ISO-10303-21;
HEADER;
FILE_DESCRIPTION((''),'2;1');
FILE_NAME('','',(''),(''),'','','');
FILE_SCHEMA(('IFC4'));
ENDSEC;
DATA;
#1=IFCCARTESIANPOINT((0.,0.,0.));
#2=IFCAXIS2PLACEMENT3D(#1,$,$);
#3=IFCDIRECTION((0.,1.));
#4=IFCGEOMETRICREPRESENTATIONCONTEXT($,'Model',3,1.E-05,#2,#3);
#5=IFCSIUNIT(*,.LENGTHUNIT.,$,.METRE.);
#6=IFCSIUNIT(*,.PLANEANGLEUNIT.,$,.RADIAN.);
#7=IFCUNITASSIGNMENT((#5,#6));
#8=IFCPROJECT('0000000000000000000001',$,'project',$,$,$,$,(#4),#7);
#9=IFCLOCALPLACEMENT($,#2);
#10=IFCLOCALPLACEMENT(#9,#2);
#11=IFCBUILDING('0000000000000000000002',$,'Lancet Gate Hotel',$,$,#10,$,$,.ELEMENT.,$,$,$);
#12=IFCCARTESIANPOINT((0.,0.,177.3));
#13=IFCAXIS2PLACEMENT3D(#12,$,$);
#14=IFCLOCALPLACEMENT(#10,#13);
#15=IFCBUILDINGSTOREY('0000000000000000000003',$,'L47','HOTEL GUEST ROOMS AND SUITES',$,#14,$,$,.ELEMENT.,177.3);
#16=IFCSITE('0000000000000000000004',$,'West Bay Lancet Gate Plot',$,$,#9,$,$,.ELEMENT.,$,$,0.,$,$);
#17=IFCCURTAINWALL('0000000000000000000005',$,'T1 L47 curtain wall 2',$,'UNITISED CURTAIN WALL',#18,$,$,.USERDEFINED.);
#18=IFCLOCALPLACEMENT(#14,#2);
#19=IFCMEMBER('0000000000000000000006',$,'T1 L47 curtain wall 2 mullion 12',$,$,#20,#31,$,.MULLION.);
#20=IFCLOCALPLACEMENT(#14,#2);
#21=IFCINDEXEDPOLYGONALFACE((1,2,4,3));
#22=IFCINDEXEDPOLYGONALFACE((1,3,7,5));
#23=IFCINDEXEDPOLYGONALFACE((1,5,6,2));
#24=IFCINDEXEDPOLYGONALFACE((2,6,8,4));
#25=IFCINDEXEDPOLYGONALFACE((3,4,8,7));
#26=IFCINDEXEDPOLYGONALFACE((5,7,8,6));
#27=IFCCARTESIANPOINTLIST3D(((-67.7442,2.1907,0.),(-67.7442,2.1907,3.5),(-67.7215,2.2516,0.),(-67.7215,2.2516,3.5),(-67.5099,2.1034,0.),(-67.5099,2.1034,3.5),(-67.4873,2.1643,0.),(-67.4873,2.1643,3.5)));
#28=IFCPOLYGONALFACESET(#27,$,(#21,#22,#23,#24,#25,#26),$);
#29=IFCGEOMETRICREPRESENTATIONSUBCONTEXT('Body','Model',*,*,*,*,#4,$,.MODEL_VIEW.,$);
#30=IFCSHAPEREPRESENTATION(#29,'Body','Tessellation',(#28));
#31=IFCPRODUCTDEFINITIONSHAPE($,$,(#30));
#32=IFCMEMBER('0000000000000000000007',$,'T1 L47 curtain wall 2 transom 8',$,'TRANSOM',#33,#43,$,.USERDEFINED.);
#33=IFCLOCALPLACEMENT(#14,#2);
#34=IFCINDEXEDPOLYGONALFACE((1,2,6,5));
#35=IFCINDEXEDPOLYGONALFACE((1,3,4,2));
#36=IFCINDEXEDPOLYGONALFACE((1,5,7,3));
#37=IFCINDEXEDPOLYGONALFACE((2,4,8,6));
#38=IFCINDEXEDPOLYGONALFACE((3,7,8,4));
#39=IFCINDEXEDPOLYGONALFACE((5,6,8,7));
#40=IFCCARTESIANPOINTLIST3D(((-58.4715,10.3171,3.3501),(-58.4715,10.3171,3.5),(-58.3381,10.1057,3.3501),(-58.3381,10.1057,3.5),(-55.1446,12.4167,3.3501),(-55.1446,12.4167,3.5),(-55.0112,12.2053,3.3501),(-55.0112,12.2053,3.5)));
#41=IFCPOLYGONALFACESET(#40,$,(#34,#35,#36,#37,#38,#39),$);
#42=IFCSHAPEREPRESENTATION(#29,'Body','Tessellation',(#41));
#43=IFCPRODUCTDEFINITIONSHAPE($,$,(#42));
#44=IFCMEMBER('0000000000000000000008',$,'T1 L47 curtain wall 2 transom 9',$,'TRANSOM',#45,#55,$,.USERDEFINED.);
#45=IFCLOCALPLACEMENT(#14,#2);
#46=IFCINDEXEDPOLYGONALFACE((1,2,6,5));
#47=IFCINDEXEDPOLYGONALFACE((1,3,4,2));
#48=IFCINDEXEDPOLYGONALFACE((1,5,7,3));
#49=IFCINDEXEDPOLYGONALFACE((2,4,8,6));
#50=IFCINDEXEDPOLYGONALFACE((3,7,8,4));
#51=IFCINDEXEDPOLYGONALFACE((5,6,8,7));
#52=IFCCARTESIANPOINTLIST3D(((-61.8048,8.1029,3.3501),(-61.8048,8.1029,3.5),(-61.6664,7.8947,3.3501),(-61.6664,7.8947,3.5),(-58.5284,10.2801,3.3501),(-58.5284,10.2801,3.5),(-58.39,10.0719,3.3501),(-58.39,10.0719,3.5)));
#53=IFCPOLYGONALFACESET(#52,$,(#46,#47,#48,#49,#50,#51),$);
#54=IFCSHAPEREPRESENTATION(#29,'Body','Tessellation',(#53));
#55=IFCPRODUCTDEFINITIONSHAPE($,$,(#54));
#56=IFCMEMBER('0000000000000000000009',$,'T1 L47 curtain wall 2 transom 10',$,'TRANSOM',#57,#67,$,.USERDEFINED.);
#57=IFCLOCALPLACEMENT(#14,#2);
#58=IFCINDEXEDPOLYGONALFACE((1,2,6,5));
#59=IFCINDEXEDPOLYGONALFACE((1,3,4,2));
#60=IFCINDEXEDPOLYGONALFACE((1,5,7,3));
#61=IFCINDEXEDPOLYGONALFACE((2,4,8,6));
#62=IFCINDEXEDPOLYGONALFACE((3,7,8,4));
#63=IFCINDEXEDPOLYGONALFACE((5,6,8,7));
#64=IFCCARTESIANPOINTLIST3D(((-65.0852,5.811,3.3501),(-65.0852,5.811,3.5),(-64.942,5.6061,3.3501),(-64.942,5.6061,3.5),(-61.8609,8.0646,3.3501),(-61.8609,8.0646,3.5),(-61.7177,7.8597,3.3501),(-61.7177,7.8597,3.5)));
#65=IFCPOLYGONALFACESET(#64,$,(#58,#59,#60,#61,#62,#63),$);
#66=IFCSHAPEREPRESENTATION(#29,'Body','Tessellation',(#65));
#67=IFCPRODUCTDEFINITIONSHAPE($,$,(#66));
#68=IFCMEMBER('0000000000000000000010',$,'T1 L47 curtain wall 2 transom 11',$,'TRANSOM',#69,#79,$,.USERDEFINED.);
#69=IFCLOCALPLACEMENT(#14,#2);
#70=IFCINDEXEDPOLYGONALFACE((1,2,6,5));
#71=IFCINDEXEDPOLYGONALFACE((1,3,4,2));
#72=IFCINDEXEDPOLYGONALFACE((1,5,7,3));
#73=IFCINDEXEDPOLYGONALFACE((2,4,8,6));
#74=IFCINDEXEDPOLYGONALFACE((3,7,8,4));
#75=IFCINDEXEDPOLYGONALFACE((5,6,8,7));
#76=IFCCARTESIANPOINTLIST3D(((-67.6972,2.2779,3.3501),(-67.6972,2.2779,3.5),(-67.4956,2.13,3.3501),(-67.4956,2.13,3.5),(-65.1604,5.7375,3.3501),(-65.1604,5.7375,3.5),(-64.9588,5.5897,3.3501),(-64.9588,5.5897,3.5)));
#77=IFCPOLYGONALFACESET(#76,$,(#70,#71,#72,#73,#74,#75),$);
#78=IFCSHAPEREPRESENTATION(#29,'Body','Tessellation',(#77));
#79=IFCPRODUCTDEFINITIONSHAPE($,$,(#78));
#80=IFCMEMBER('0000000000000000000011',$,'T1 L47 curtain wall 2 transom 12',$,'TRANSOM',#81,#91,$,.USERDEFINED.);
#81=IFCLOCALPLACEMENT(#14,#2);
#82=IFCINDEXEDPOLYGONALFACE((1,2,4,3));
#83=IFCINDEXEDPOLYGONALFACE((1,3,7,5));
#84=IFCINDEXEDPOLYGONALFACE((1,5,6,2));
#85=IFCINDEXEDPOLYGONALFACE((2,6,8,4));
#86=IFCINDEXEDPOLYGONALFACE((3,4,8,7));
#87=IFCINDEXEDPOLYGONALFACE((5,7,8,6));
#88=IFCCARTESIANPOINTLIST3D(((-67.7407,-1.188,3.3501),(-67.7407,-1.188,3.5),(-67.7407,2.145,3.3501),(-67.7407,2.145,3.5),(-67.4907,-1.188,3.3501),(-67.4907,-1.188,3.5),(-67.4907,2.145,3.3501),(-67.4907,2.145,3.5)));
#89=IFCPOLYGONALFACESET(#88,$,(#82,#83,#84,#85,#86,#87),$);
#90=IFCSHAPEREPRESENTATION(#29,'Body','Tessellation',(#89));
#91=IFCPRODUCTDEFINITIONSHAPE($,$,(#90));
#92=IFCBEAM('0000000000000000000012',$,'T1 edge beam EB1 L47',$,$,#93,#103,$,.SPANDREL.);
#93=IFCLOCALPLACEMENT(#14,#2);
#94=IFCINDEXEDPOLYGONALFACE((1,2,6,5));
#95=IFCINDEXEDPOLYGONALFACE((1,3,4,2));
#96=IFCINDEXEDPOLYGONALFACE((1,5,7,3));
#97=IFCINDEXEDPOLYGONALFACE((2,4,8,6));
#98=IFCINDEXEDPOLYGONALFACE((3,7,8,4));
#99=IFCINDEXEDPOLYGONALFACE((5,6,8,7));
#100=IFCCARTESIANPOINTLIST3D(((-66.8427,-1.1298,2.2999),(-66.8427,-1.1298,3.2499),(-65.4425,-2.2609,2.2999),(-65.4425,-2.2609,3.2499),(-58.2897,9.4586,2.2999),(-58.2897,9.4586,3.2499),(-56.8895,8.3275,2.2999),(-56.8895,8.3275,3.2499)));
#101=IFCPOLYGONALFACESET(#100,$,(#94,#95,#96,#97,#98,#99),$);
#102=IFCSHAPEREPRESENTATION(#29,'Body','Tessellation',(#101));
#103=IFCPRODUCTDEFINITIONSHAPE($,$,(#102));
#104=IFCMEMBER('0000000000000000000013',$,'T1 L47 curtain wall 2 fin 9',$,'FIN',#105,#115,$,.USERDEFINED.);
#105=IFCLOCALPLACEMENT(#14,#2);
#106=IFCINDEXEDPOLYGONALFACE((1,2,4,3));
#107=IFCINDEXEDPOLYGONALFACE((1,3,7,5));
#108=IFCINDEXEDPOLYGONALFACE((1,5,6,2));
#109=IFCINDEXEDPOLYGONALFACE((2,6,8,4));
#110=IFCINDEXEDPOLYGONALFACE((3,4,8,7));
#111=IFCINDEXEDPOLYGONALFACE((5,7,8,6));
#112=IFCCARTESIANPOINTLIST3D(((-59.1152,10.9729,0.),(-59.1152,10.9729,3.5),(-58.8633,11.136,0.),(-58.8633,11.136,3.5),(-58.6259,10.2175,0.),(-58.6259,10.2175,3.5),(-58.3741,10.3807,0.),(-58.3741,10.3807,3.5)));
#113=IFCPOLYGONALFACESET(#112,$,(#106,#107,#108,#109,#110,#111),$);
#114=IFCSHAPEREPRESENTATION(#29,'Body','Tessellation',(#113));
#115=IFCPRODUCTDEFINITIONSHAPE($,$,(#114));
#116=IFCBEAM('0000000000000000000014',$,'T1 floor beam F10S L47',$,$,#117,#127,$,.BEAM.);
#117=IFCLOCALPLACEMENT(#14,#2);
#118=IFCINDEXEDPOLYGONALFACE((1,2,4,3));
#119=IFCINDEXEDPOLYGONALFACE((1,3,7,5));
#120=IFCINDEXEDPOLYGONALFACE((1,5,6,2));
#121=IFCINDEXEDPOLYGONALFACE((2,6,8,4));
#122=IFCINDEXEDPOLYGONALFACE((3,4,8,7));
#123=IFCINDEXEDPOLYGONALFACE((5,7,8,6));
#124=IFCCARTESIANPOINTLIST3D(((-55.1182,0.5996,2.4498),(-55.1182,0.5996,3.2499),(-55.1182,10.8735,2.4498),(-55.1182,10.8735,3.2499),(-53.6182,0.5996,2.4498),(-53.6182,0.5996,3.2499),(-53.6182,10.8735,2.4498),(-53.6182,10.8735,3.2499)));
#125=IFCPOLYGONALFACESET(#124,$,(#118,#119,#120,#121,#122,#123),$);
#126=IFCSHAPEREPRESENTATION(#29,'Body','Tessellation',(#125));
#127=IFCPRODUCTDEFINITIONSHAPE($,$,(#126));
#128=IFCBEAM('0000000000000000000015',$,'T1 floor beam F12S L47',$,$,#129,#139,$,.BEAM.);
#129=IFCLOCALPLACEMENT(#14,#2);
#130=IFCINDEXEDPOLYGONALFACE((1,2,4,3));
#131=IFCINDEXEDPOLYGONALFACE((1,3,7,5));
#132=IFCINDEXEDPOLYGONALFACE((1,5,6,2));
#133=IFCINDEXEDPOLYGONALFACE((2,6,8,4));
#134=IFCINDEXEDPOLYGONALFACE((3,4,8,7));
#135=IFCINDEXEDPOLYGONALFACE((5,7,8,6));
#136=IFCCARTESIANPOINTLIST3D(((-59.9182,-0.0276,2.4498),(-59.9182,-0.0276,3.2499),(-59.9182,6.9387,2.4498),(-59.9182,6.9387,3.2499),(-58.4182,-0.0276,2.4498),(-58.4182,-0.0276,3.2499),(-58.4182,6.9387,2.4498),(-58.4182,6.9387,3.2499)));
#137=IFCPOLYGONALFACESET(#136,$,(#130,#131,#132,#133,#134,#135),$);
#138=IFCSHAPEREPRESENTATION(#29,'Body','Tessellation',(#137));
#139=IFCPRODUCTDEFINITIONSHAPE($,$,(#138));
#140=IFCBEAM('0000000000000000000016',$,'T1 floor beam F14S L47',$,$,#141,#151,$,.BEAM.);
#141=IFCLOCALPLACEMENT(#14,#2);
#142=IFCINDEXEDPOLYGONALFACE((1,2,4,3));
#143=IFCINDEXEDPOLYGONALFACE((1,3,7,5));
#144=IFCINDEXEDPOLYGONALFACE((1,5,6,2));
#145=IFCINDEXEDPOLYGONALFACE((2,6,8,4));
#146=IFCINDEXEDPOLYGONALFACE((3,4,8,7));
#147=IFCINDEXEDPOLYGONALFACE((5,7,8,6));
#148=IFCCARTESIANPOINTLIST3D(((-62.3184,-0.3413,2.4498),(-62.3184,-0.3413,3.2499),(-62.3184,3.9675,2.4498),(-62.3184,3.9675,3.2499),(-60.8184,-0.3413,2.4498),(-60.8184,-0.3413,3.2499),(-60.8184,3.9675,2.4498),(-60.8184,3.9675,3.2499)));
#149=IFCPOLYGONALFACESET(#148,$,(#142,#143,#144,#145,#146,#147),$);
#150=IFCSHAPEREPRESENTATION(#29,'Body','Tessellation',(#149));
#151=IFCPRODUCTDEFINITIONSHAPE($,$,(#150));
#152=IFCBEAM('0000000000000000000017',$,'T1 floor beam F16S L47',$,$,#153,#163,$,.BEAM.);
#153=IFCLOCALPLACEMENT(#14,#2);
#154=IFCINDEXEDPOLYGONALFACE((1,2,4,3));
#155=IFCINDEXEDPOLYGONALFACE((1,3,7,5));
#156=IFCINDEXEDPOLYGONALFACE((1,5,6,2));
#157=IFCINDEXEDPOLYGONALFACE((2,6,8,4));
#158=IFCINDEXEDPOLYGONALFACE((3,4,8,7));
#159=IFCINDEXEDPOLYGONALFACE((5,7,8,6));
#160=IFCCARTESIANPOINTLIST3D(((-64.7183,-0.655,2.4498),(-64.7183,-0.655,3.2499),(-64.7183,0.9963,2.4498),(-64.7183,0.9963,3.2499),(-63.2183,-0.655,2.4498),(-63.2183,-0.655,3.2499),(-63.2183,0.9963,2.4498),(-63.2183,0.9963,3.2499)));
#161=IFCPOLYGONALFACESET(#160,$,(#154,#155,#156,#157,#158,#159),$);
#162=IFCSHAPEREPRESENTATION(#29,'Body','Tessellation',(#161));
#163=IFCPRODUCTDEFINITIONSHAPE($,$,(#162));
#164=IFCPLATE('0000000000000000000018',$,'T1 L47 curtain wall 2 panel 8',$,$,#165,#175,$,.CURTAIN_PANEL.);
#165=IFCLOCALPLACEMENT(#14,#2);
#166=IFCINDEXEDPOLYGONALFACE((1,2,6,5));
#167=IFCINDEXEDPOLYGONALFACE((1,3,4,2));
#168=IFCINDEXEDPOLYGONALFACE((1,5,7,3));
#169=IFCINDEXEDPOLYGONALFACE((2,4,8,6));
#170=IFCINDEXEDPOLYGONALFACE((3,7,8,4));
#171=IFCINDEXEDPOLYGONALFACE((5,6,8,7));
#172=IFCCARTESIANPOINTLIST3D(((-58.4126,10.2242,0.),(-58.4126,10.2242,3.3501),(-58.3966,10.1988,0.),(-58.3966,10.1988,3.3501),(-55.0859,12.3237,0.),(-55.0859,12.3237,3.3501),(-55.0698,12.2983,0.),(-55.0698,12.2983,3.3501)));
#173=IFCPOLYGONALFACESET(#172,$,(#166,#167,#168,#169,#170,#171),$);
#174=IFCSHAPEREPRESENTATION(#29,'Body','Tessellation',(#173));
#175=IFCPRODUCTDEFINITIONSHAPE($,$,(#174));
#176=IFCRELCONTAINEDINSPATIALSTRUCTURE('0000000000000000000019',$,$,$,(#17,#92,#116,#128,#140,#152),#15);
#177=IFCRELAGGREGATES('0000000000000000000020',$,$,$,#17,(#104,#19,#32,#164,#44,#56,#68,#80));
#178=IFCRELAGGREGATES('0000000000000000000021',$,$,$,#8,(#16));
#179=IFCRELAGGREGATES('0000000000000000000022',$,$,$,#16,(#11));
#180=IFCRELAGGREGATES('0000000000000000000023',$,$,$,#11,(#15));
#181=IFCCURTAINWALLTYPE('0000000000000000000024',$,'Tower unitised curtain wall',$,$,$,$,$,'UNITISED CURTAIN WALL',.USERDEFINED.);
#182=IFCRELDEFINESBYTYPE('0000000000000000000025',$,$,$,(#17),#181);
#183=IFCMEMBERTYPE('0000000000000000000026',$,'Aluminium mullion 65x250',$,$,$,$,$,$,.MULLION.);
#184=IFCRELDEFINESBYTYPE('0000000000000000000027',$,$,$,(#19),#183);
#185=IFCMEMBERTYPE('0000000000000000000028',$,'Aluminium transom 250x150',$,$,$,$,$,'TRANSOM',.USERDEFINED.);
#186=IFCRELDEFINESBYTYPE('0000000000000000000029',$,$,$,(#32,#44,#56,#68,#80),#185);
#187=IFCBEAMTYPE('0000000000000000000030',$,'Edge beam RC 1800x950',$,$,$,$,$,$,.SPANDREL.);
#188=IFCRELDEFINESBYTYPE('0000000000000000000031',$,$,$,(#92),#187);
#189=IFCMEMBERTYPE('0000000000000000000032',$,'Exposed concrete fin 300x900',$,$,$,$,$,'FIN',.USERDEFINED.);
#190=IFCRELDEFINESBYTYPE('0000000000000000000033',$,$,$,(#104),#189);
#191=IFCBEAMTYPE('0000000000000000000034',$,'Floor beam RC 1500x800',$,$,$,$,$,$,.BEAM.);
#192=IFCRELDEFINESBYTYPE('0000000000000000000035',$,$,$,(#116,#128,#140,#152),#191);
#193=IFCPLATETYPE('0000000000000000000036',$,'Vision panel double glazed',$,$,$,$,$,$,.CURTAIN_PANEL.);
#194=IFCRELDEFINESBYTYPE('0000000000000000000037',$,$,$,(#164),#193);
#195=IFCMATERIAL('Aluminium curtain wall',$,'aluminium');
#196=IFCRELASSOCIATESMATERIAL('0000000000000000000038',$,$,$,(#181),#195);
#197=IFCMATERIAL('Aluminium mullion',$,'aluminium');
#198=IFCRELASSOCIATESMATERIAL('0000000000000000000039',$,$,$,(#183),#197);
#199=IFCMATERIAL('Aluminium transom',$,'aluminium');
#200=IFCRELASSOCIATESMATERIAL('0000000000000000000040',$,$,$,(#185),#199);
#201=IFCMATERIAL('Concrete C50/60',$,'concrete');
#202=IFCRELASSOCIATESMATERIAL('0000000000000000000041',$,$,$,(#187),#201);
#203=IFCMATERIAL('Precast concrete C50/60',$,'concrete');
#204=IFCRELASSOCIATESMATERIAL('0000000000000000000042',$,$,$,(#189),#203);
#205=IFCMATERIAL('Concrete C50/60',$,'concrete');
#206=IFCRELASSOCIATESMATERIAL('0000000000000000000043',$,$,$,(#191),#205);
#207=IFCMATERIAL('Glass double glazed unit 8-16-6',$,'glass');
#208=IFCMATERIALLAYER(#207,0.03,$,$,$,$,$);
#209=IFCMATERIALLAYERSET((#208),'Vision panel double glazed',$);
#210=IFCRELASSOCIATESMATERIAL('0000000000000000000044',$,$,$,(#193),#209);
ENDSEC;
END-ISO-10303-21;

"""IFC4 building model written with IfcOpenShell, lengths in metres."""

from ifc_helpers import new_model, si_unit, direction, frame, origin, origin_2d, place, context, subcontext, project, spatial, rectangle, extrude, material, layer, layer_set, material_profile, profile_set, type_object, element, aggregate, save


model = new_model("IFC4")

# Units and contexts
model_context = context("Model", 3, precision=1e-05, world=origin(), true_north=direction((0.0, 1.0)))
body_context = subcontext(model_context, "Body", "Model", "MODEL_VIEW")
ifc_project = project(units=[si_unit("LENGTHUNIT", "METRE"), si_unit("PLANEANGLEUNIT", "RADIAN")], contexts=[model_context])

# Site, building, storey
site_placement = place(None, origin())
site = spatial("IfcSite", under=ifc_project, at=site_placement, Name="West Bay Lancet Gate Plot", CompositionType="ELEMENT", RefElevation=0.0)
building_placement = place(site_placement, origin())
building = spatial("IfcBuilding", under=site, at=building_placement, Name="Lancet Gate Hotel", CompositionType="ELEMENT")
storey_placement = place(building_placement, frame((0.0, 0.0, 177.3)))
storey = spatial("IfcBuildingStorey", under=building, at=storey_placement, Name="L47", Description="HOTEL GUEST ROOMS AND SUITES", CompositionType="ELEMENT", Elevation=177.3)

# Curtain wall, members
ifc_material_1 = material(Name="Aluminium curtain wall", Category="aluminium")
curtain_wall_type = type_object("IfcCurtainWallType", Name="Tower unitised curtain wall", ElementType="UNITISED CURTAIN WALL", PredefinedType="USERDEFINED", material=ifc_material_1)
curtain_wall_placement = place(storey_placement, origin())
curtain_wall = element("IfcCurtainWall", 1, at=curtain_wall_placement, inside=storey, type_object=curtain_wall_type, Name="T1 L47 curtain wall 2", ObjectType="UNITISED CURTAIN WALL", PredefinedType="USERDEFINED")
ifc_material_2 = material(Name="Aluminium mullion", Category="aluminium")
ifc_material_profile_1 = material_profile(ifc_material_2, rectangle(XDim=0.0649, YDim=0.25, at=origin_2d()), Name="MULLION 65x250")
ifc_profile_set_1 = profile_set([ifc_material_profile_1], Name="Aluminium mullion")
member_type_1 = type_object("IfcMemberType", Name="Aluminium mullion 65x250", PredefinedType="MULLION", material=ifc_profile_set_1)
member_1_placement = place(storey_placement, frame((-67.6157, 2.1775, 0.0), z_axis=(0.0, 0.0, 1.0), x_axis=(-0.349199, -0.937048, 0.0)))
member_1 = element("IfcMember", 2, at=member_1_placement, type_object=member_type_1, Name="T1 L47 curtain wall 2 mullion 12", PredefinedType="MULLION", context=body_context, shape_type="SweptSolid", body=[
    extrude(rectangle(XDim=0.0649, YDim=0.25, at=origin_2d()), origin(), (0.0, 0.0, 1.0), 3.5),
])
ifc_material_3 = material(Name="Aluminium transom", Category="aluminium")
ifc_material_profile_2 = material_profile(ifc_material_3, rectangle(XDim=0.25, YDim=0.1499, at=origin_2d()), Name="TRANSOM 250x150")
ifc_profile_set_2 = profile_set([ifc_material_profile_2], Name="Aluminium transom")
member_type_2 = type_object("IfcMemberType", Name="Aluminium transom 250x150", ElementType="TRANSOM", PredefinedType="USERDEFINED", material=ifc_profile_set_2)
member_2_placement = place(storey_placement, frame((-55.0779, 12.311, 3.425), z_axis=(-0.845672, -0.533703, 0.0), x_axis=(0.533703, -0.845672, 0.0)))
member_2 = element("IfcMember", 3, at=member_2_placement, type_object=member_type_2, Name="T1 L47 curtain wall 2 transom 8", ObjectType="TRANSOM", PredefinedType="USERDEFINED", context=body_context, shape_type="SweptSolid", body=[
    extrude(rectangle(XDim=0.25, YDim=0.1499, at=origin_2d()), origin(), (0.0, 0.0, 1.0), 3.9341),
])
member_3_placement = place(storey_placement, frame((-58.4592, 10.176, 3.425), z_axis=(-0.832871, -0.553468, 0.0), x_axis=(0.553468, -0.832871, 0.0)))
member_3 = element("IfcMember", 4, at=member_3_placement, type_object=member_type_2, Name="T1 L47 curtain wall 2 transom 9", ObjectType="TRANSOM", PredefinedType="USERDEFINED", context=body_context, shape_type="SweptSolid", body=[
    extrude(rectangle(XDim=0.25, YDim=0.1499, at=origin_2d()), origin(), (0.0, 0.0, 1.0), 3.9338),
])
member_4_placement = place(storey_placement, frame((-61.7893, 7.9622, 3.425), z_axis=(-0.819637, -0.572883, 0.0), x_axis=(0.572883, -0.819637, 0.0)))
member_4 = element("IfcMember", 5, at=member_4_placement, type_object=member_type_2, Name="T1 L47 curtain wall 2 transom 10", ObjectType="TRANSOM", PredefinedType="USERDEFINED", context=body_context, shape_type="SweptSolid", body=[
    extrude(rectangle(XDim=0.25, YDim=0.1499, at=origin_2d()), origin(), (0.0, 0.0, 1.0), 3.9338),
])
member_5_placement = place(storey_placement, frame((-65.0596, 5.6636, 3.425), z_axis=(-0.591324, -0.806434, 0.0), x_axis=(0.806434, -0.591324, 0.0)))
member_5 = element("IfcMember", 6, at=member_5_placement, type_object=member_type_2, Name="T1 L47 curtain wall 2 transom 11", ObjectType="TRANSOM", PredefinedType="USERDEFINED", context=body_context, shape_type="SweptSolid", body=[
    extrude(rectangle(XDim=0.25, YDim=0.1499, at=origin_2d()), origin(), (0.0, 0.0, 1.0), 4.29),
])
member_6_placement = place(storey_placement, frame((-67.6157, 2.145, 3.425), z_axis=(0.0, -1.0, 0.0), x_axis=(1.0, 0.0, 0.0)))
member_6 = element("IfcMember", 7, at=member_6_placement, type_object=member_type_2, Name="T1 L47 curtain wall 2 transom 12", ObjectType="TRANSOM", PredefinedType="USERDEFINED", context=body_context, shape_type="SweptSolid", body=[
    extrude(rectangle(XDim=0.25, YDim=0.1499, at=origin_2d()), origin(), (0.0, 0.0, 1.0), 3.333),
])

# Beam
ifc_material_4 = material(Name="Concrete C50/60", Category="concrete")
ifc_material_profile_3 = material_profile(ifc_material_4, rectangle(XDim=1.8, YDim=0.95, at=origin_2d()), Name="RC 1800x950")
ifc_profile_set_3 = profile_set([ifc_material_profile_3], Name="Concrete C50/60")
beam_type_1 = type_object("IfcBeamType", Name="Edge beam RC 1800x950", PredefinedType="SPANDREL", material=ifc_profile_set_3)
beam_1_placement = place(storey_placement, frame((-57.5896, 8.8931, 2.7749), z_axis=(-0.628374, -0.777912, 0.0), x_axis=(0.777912, -0.628374, 0.0)))
element("IfcBeam", 8, at=beam_1_placement, inside=storey, type_object=beam_type_1, Name="T1 edge beam EB1 L47", PredefinedType="SPANDREL", context=body_context, shape_type="SweptSolid", body=[
    extrude(rectangle(XDim=1.8, YDim=0.95, at=origin_2d()), origin(), (0.0, 0.0, 1.0), 13.6113),
])

# Member
ifc_material_5 = material(Name="Precast concrete C50/60", Category="concrete")
ifc_material_profile_4 = material_profile(ifc_material_5, rectangle(XDim=0.3, YDim=0.8999, at=origin_2d()), Name="FIN 300x900")
ifc_profile_set_4 = profile_set([ifc_material_profile_4], Name="Precast concrete C50/60")
member_type_3 = type_object("IfcMemberType", Name="Exposed concrete fin 300x900", ElementType="FIN", PredefinedType="USERDEFINED", material=ifc_profile_set_4)
member_7_placement = place(storey_placement, frame((-58.7446, 10.6768, 0.0), z_axis=(0.0, 0.0, 1.0), x_axis=(-0.839331, -0.543621, 0.0)))
member_7 = element("IfcMember", 9, at=member_7_placement, type_object=member_type_3, Name="T1 L47 curtain wall 2 fin 9", ObjectType="FIN", PredefinedType="USERDEFINED", context=body_context, shape_type="SweptSolid", body=[
    extrude(rectangle(XDim=0.3, YDim=0.8999, at=origin_2d()), origin(), (0.0, 0.0, 1.0), 3.5),
])

# Beams
ifc_material_6 = material(Name="Concrete C50/60", Category="concrete")
ifc_material_profile_5 = material_profile(ifc_material_6, rectangle(XDim=1.5, YDim=0.8, at=origin_2d()), Name="RC 1500x800")
ifc_profile_set_5 = profile_set([ifc_material_profile_5], Name="Concrete C50/60")
beam_type_2 = type_object("IfcBeamType", Name="Floor beam RC 1500x800", PredefinedType="BEAM", material=ifc_profile_set_5)
beam_2_placement = place(storey_placement, frame((-54.3682, 10.8735, 2.8499), z_axis=(0.0, -1.0, 0.0), x_axis=(1.0, 0.0, 0.0)))
element("IfcBeam", 10, at=beam_2_placement, inside=storey, type_object=beam_type_2, Name="T1 floor beam F10S L47", PredefinedType="BEAM", context=body_context, shape_type="SweptSolid", body=[
    extrude(rectangle(XDim=1.5, YDim=0.8, at=origin_2d()), origin(), (0.0, 0.0, 1.0), 10.2739),
])
beam_3_placement = place(storey_placement, frame((-59.1682, 6.9387, 2.8499), z_axis=(0.0, -1.0, 0.0), x_axis=(1.0, 0.0, 0.0)))
element("IfcBeam", 11, at=beam_3_placement, inside=storey, type_object=beam_type_2, Name="T1 floor beam F12S L47", PredefinedType="BEAM", context=body_context, shape_type="SweptSolid", body=[
    extrude(rectangle(XDim=1.5, YDim=0.8, at=origin_2d()), origin(), (0.0, 0.0, 1.0), 6.9663),
])
beam_4_placement = place(storey_placement, frame((-61.5684, 3.9675, 2.8499), z_axis=(0.0, -1.0, 0.0), x_axis=(1.0, 0.0, 0.0)))
element("IfcBeam", 12, at=beam_4_placement, inside=storey, type_object=beam_type_2, Name="T1 floor beam F14S L47", PredefinedType="BEAM", context=body_context, shape_type="SweptSolid", body=[
    extrude(rectangle(XDim=1.5, YDim=0.8, at=origin_2d()), origin(), (0.0, 0.0, 1.0), 4.3088),
])
beam_5_placement = place(storey_placement, frame((-63.9683, 0.9963, 2.8499), z_axis=(0.0, -1.0, 0.0), x_axis=(1.0, 0.0, 0.0)))
element("IfcBeam", 13, at=beam_5_placement, inside=storey, type_object=beam_type_2, Name="T1 floor beam F16S L47", PredefinedType="BEAM", context=body_context, shape_type="SweptSolid", body=[
    extrude(rectangle(XDim=1.5, YDim=0.8, at=origin_2d()), origin(), (0.0, 0.0, 1.0), 1.6514),
])

# Plate
ifc_material_7 = material(Name="Glass double glazed unit 8-16-6", Category="glass")
ifc_layer_1 = layer(ifc_material_7, 0.03)
ifc_layer_set_1 = layer_set([ifc_layer_1], Name="Vision panel double glazed")
plate_type = type_object("IfcPlateType", Name="Vision panel double glazed", PredefinedType="CURTAIN_PANEL", material=ifc_layer_set_1)
plate_1_placement = place(storey_placement, frame((-56.7412, 11.2612, 0.0), z_axis=(0.0, 0.0, 1.0), x_axis=(-0.845667, -0.533711, 0.0)))
plate_1 = element("IfcPlate", 14, at=plate_1_placement, type_object=plate_type, Name="T1 L47 curtain wall 2 panel 8", PredefinedType="CURTAIN_PANEL", context=body_context, shape_type="SweptSolid", body=[
    extrude(rectangle(XDim=3.9338, YDim=0.03, at=origin_2d()), origin(), (0.0, 0.0, 1.0), 3.3501),
])
aggregate(curtain_wall, [member_7, member_1, member_2, plate_1, member_3, member_4, member_5, member_6])

save(model, "model.ifc")
